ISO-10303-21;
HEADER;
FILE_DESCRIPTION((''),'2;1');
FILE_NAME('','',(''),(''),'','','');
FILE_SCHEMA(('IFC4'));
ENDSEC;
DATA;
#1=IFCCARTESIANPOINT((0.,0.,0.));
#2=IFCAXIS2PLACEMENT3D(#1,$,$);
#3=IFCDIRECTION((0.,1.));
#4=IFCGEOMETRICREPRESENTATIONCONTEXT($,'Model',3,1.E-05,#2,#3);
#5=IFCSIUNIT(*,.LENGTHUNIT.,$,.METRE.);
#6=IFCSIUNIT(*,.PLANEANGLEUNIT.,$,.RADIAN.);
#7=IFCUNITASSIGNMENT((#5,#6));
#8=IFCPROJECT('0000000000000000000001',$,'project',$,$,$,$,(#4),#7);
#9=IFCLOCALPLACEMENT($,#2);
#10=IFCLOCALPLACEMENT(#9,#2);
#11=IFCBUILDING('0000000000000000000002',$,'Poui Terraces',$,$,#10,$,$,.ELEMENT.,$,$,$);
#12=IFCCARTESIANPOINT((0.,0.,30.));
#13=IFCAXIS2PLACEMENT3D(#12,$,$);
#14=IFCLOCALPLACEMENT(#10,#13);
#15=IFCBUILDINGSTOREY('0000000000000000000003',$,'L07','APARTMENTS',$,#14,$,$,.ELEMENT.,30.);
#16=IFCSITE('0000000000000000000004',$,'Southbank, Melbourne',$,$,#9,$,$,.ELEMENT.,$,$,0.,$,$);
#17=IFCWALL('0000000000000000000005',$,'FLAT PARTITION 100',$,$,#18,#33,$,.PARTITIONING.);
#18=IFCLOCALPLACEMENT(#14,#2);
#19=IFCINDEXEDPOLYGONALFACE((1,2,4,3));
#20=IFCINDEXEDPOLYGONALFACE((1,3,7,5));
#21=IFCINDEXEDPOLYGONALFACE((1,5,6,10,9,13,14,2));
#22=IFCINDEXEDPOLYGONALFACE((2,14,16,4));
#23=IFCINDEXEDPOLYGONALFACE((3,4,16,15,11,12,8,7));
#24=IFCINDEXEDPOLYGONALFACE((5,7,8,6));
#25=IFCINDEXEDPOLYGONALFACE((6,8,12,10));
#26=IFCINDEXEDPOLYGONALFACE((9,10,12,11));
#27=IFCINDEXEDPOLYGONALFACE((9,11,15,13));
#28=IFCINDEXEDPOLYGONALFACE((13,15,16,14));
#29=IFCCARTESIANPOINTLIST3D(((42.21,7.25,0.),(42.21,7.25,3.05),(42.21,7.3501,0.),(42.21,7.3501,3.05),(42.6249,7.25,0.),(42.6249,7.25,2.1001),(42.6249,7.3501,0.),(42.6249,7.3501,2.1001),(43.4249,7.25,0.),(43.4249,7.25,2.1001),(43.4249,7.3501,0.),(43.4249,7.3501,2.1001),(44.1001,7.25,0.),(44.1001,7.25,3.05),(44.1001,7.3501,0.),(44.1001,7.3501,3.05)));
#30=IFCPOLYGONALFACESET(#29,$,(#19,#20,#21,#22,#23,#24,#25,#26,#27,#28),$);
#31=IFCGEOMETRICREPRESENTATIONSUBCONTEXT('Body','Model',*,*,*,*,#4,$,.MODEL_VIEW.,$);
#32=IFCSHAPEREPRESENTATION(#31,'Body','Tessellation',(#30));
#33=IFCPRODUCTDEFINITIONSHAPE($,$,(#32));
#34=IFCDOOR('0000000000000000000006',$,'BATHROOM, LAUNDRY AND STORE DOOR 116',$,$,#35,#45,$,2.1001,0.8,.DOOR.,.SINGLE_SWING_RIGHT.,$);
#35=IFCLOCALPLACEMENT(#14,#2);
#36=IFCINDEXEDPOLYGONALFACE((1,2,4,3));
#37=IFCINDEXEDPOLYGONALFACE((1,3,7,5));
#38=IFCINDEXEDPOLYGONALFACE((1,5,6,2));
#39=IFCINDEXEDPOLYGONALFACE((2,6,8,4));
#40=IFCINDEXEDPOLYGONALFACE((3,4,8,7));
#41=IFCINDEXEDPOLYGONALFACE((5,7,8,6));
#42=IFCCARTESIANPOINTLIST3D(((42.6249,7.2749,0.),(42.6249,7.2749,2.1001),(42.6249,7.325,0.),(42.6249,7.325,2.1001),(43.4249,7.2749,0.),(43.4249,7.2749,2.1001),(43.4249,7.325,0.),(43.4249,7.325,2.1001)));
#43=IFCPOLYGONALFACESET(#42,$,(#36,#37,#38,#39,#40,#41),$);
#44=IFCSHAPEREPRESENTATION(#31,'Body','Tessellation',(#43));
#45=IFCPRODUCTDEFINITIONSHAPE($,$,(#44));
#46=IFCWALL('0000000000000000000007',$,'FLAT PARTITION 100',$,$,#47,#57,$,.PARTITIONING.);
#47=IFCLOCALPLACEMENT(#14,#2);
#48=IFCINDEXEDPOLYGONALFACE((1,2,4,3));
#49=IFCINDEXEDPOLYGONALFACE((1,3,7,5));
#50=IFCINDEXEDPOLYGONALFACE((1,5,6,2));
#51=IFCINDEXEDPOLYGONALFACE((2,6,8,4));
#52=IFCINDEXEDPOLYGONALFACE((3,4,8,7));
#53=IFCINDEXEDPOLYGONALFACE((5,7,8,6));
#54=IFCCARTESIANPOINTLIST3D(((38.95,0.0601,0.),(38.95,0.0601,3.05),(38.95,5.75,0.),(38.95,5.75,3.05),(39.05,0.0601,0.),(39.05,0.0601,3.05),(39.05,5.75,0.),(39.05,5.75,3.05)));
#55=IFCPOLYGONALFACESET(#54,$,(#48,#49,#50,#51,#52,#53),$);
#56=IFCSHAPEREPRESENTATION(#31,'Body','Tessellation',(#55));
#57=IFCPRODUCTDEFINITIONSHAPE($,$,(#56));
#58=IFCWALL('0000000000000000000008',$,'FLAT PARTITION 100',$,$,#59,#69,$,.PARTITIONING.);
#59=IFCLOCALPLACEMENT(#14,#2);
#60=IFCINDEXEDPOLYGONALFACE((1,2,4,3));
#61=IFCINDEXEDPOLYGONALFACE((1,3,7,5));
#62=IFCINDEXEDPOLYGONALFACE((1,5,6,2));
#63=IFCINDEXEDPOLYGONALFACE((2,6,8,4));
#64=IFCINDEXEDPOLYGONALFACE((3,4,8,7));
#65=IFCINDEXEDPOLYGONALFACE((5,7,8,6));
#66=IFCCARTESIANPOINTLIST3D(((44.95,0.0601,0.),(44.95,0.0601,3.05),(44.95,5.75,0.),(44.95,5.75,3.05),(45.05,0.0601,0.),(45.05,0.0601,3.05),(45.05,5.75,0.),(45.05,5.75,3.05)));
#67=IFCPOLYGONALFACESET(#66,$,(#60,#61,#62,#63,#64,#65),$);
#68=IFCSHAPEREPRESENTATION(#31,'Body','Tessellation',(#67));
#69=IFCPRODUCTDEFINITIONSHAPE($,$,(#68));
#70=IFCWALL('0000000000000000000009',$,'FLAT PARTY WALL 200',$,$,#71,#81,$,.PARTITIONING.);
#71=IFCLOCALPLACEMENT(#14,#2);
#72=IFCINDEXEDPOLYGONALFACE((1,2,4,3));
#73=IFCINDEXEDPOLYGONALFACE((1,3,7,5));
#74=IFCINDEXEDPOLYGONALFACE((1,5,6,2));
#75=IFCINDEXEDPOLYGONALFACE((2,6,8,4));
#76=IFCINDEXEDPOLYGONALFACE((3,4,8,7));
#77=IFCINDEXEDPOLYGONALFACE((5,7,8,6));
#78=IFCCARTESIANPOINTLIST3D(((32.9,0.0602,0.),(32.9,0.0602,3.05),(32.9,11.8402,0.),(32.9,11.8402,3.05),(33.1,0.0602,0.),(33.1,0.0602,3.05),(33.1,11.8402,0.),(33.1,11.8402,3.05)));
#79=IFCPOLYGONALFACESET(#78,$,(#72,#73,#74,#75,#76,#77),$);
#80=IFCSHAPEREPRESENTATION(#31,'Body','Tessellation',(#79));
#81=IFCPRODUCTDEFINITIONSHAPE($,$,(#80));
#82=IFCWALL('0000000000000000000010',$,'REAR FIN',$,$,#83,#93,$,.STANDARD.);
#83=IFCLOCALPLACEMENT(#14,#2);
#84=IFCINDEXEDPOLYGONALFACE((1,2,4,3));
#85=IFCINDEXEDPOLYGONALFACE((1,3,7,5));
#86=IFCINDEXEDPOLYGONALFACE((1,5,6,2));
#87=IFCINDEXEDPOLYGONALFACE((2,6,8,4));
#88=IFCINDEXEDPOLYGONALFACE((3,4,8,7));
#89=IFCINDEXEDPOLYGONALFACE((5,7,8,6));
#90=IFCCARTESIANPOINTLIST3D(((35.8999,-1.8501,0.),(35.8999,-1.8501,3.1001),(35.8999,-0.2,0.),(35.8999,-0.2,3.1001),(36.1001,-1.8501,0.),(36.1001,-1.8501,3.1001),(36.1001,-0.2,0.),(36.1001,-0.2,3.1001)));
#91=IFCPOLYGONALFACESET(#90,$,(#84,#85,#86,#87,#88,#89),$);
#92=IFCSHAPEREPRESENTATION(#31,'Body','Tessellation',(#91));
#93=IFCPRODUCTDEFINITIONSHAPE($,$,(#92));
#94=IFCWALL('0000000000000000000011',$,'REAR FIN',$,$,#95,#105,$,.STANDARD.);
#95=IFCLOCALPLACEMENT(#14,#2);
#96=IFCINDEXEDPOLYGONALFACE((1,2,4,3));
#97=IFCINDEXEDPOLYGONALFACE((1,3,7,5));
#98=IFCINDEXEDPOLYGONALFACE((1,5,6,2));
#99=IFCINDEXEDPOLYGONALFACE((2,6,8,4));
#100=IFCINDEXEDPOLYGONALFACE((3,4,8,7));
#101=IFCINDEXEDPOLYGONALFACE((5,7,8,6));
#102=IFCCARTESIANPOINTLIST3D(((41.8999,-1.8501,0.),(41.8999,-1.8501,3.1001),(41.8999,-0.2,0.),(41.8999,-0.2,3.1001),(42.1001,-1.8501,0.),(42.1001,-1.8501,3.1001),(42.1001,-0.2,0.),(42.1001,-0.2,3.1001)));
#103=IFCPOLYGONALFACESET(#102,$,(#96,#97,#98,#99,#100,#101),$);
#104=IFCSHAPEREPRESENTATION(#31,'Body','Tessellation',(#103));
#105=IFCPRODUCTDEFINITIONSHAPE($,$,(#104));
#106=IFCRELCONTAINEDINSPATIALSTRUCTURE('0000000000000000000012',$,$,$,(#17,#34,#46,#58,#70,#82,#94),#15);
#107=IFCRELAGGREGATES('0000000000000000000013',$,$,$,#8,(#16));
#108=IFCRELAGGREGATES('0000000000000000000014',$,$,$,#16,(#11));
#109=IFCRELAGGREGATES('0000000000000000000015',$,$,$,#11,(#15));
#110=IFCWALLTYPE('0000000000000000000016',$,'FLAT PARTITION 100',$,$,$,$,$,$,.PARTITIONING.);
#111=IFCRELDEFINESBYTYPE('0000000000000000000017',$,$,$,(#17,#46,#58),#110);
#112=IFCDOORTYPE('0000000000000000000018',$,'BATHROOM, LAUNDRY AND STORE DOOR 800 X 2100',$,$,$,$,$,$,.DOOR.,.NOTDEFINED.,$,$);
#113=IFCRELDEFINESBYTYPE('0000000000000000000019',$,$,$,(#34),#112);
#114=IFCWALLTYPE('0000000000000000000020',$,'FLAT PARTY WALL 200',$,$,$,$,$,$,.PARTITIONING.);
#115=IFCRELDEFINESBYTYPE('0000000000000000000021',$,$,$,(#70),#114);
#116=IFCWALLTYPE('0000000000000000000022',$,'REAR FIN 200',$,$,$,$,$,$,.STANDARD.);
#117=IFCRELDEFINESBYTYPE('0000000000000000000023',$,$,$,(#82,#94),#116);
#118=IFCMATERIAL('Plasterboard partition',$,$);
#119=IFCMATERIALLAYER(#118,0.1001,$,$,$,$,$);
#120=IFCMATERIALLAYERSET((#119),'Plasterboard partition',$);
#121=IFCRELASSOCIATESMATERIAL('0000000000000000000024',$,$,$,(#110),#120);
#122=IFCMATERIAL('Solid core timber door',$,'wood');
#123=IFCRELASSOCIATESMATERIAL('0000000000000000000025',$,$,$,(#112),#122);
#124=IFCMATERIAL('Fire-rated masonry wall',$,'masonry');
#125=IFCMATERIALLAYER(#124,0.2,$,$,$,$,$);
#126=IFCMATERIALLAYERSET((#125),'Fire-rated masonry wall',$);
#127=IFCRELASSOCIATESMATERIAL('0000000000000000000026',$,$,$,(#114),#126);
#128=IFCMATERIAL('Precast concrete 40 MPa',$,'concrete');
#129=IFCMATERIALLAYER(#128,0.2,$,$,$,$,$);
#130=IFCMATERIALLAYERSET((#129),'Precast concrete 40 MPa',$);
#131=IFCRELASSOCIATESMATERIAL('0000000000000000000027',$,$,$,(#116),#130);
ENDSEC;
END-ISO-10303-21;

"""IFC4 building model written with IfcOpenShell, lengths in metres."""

from ifc_helpers import new_model, si_unit, direction, frame, frame_2d, origin, place, context, subcontext, project, spatial, polyline, rectangle, outline, extrude, source, transform, mapped, material, layer, layer_set, type_object, element, fill, save


model = new_model("IFC4")

# Units and contexts
model_context = context("Model", 3, precision=1e-05, world=origin(), true_north=direction((0.0, 1.0)))
body_context = subcontext(model_context, "Body", "Model", "MODEL_VIEW")
ifc_project = project(units=[si_unit("LENGTHUNIT", "METRE"), si_unit("PLANEANGLEUNIT", "RADIAN")], contexts=[model_context])

# Site, building, storey
site_placement = place(None, origin())
site = spatial("IfcSite", under=ifc_project, at=site_placement, Name="Southbank, Melbourne", CompositionType="ELEMENT", RefElevation=0.0)
building_placement = place(site_placement, origin())
building = spatial("IfcBuilding", under=site, at=building_placement, Name="Poui Terraces", CompositionType="ELEMENT")
storey_placement = place(building_placement, frame((0.0, 0.0, 30.0)))
storey = spatial("IfcBuildingStorey", under=building, at=storey_placement, Name="L07", Description="APARTMENTS", CompositionType="ELEMENT", Elevation=30.0)

# Shared definitions
ifc_material_1 = material(Name="Precast concrete 40 MPa", Category="concrete")

# Shared definitions
ifc_material_2 = material(Name="Solid core timber door", Category="wood")

# Wall, opening, door
ifc_material_3 = material(Name="Plasterboard partition")
ifc_layer_1 = layer(ifc_material_3, 0.1001)
ifc_layer_set_1 = layer_set([ifc_layer_1], Name="Plasterboard partition")
wall_type_1 = type_object("IfcWallType", Name="FLAT PARTITION 100", PredefinedType="PARTITIONING", material=ifc_layer_set_1)
door_type_1 = type_object("IfcDoorType", Name="BATHROOM, LAUNDRY AND STORE DOOR 800 X 2100", OperationType="NOTDEFINED", PredefinedType="DOOR", material=ifc_material_2)
wall_1_placement = place(storey_placement, frame((42.21, 7.3, 0.0), z_axis=(0.0, 0.0, 1.0), x_axis=(1.0, 0.0, 0.0)))
wall_1 = element("IfcWall", 1, at=wall_1_placement, inside=storey, type_object=wall_type_1, Name="FLAT PARTITION 100", PredefinedType="PARTITIONING", context=body_context, shape_type="SweptSolid", body=[
    extrude(rectangle(XDim=1.8901, YDim=0.1001, at=frame_2d((0.9451, 0.0))), origin(), (0.0, 0.0, 1.0), 3.05),
])
opening_1_placement = place(wall_1_placement, frame((0.415, 0.0, 0.0)))
opening_1 = element("IfcOpeningElement", 2, at=opening_1_placement, cuts=wall_1, PredefinedType="OPENING", context=body_context, shape_type="SweptSolid", body=[
    extrude(rectangle(XDim=0.8, YDim=2.1001, at=frame_2d((0.3999, 1.05))), frame((0.0, 0.0601, 0.0), z_axis=(0.0, -1.0, 0.0), x_axis=(1.0, 0.0, 0.0)), (0.0, 0.0, 1.0), 0.1201),
])
door_1_placement = place(opening_1_placement, origin())
door_1 = element("IfcDoor", 3, at=door_1_placement, inside=storey, type_object=door_type_1, Name="BATHROOM, LAUNDRY AND STORE DOOR 116", OperationType="SINGLE_SWING_RIGHT", OverallHeight=2.1001, OverallWidth=0.8, PredefinedType="DOOR", context=body_context, shape_type="SweptSolid", body=[
    extrude(rectangle(XDim=0.8, YDim=2.1001, at=frame_2d((0.3999, 1.05))), frame((0.0, 0.0249, 0.0), z_axis=(0.0, -1.0, 0.0), x_axis=(1.0, 0.0, 0.0)), (0.0, 0.0, 1.0), 0.05),
])
fill(opening_1, door_1)

# Walls
for number, where, z_axis, x_axis, name in (
    (4, (39.0, 0.0601, 0.0), (0.0, 0.0, 1.0), (0.0, 1.0, 0.0), "FLAT PARTITION 100"),
    (5, (45.0, 0.0601, 0.0), (0.0, 0.0, 1.0), (0.0, 1.0, 0.0), "FLAT PARTITION 100"),
):
    element("IfcWall", number, at=place(storey_placement, frame(where, z_axis=z_axis, x_axis=x_axis)), inside=storey, type_object=wall_type_1, Name=name, PredefinedType="PARTITIONING", context=body_context, shape_type="SweptSolid", body=[
        extrude(rectangle(XDim=5.6899, YDim=0.1001, at=frame_2d((2.845, 0.0))), origin(), (0.0, 0.0, 1.0), 3.05),
    ])
ifc_material_4 = material(Name="Fire-rated masonry wall", Category="masonry")
ifc_layer_2 = layer(ifc_material_4, 0.2)
ifc_layer_set_2 = layer_set([ifc_layer_2], Name="Fire-rated masonry wall")
wall_type_2 = type_object("IfcWallType", Name="FLAT PARTY WALL 200", PredefinedType="PARTITIONING", material=ifc_layer_set_2)
wall_2_placement = place(storey_placement, frame((33.0, 0.0601, 0.0), z_axis=(0.0, 0.0, 1.0), x_axis=(0.0, 1.0, 0.0)))
element("IfcWall", 6, at=wall_2_placement, inside=storey, type_object=wall_type_2, Name="FLAT PARTY WALL 200", PredefinedType="PARTITIONING", context=body_context, shape_type="SweptSolid", body=[
    extrude(rectangle(XDim=11.78, YDim=0.2, at=frame_2d((5.8901, 0.0))), origin(), (0.0, 0.0, 1.0), 3.05),
])
ifc_layer_3 = layer(ifc_material_1, 0.2)
ifc_layer_set_3 = layer_set([ifc_layer_3], Name="Precast concrete 40 MPa")
wall_type_3 = type_object("IfcWallType", Name="REAR FIN 200", PredefinedType="STANDARD", material=ifc_layer_set_3)
shared_shape_1 = source(origin(), body_context, "Body", "SweptSolid", [
    extrude(outline(polyline([(0.0, 0.0), (0.2002, 0.0), (0.2002, 1.6501), (0.0, 1.6501), (0.0, 0.0)])), origin(), (0.0, 0.0, 1.0), 3.1001),
])
for number, where, name in (
    (7, (35.8999, -1.8501, 0.0), "REAR FIN"),
    (8, (41.8999, -1.8501, 0.0), "REAR FIN"),
):
    element("IfcWall", number, at=place(storey_placement, frame(where)), inside=storey, type_object=wall_type_3, Name=name, PredefinedType="STANDARD", context=body_context, shape_type="MappedRepresentation", body=[
        mapped(shared_shape_1, transform((0.0, 0.0, 0.0))),
    ])

save(model, "model.ifc")
